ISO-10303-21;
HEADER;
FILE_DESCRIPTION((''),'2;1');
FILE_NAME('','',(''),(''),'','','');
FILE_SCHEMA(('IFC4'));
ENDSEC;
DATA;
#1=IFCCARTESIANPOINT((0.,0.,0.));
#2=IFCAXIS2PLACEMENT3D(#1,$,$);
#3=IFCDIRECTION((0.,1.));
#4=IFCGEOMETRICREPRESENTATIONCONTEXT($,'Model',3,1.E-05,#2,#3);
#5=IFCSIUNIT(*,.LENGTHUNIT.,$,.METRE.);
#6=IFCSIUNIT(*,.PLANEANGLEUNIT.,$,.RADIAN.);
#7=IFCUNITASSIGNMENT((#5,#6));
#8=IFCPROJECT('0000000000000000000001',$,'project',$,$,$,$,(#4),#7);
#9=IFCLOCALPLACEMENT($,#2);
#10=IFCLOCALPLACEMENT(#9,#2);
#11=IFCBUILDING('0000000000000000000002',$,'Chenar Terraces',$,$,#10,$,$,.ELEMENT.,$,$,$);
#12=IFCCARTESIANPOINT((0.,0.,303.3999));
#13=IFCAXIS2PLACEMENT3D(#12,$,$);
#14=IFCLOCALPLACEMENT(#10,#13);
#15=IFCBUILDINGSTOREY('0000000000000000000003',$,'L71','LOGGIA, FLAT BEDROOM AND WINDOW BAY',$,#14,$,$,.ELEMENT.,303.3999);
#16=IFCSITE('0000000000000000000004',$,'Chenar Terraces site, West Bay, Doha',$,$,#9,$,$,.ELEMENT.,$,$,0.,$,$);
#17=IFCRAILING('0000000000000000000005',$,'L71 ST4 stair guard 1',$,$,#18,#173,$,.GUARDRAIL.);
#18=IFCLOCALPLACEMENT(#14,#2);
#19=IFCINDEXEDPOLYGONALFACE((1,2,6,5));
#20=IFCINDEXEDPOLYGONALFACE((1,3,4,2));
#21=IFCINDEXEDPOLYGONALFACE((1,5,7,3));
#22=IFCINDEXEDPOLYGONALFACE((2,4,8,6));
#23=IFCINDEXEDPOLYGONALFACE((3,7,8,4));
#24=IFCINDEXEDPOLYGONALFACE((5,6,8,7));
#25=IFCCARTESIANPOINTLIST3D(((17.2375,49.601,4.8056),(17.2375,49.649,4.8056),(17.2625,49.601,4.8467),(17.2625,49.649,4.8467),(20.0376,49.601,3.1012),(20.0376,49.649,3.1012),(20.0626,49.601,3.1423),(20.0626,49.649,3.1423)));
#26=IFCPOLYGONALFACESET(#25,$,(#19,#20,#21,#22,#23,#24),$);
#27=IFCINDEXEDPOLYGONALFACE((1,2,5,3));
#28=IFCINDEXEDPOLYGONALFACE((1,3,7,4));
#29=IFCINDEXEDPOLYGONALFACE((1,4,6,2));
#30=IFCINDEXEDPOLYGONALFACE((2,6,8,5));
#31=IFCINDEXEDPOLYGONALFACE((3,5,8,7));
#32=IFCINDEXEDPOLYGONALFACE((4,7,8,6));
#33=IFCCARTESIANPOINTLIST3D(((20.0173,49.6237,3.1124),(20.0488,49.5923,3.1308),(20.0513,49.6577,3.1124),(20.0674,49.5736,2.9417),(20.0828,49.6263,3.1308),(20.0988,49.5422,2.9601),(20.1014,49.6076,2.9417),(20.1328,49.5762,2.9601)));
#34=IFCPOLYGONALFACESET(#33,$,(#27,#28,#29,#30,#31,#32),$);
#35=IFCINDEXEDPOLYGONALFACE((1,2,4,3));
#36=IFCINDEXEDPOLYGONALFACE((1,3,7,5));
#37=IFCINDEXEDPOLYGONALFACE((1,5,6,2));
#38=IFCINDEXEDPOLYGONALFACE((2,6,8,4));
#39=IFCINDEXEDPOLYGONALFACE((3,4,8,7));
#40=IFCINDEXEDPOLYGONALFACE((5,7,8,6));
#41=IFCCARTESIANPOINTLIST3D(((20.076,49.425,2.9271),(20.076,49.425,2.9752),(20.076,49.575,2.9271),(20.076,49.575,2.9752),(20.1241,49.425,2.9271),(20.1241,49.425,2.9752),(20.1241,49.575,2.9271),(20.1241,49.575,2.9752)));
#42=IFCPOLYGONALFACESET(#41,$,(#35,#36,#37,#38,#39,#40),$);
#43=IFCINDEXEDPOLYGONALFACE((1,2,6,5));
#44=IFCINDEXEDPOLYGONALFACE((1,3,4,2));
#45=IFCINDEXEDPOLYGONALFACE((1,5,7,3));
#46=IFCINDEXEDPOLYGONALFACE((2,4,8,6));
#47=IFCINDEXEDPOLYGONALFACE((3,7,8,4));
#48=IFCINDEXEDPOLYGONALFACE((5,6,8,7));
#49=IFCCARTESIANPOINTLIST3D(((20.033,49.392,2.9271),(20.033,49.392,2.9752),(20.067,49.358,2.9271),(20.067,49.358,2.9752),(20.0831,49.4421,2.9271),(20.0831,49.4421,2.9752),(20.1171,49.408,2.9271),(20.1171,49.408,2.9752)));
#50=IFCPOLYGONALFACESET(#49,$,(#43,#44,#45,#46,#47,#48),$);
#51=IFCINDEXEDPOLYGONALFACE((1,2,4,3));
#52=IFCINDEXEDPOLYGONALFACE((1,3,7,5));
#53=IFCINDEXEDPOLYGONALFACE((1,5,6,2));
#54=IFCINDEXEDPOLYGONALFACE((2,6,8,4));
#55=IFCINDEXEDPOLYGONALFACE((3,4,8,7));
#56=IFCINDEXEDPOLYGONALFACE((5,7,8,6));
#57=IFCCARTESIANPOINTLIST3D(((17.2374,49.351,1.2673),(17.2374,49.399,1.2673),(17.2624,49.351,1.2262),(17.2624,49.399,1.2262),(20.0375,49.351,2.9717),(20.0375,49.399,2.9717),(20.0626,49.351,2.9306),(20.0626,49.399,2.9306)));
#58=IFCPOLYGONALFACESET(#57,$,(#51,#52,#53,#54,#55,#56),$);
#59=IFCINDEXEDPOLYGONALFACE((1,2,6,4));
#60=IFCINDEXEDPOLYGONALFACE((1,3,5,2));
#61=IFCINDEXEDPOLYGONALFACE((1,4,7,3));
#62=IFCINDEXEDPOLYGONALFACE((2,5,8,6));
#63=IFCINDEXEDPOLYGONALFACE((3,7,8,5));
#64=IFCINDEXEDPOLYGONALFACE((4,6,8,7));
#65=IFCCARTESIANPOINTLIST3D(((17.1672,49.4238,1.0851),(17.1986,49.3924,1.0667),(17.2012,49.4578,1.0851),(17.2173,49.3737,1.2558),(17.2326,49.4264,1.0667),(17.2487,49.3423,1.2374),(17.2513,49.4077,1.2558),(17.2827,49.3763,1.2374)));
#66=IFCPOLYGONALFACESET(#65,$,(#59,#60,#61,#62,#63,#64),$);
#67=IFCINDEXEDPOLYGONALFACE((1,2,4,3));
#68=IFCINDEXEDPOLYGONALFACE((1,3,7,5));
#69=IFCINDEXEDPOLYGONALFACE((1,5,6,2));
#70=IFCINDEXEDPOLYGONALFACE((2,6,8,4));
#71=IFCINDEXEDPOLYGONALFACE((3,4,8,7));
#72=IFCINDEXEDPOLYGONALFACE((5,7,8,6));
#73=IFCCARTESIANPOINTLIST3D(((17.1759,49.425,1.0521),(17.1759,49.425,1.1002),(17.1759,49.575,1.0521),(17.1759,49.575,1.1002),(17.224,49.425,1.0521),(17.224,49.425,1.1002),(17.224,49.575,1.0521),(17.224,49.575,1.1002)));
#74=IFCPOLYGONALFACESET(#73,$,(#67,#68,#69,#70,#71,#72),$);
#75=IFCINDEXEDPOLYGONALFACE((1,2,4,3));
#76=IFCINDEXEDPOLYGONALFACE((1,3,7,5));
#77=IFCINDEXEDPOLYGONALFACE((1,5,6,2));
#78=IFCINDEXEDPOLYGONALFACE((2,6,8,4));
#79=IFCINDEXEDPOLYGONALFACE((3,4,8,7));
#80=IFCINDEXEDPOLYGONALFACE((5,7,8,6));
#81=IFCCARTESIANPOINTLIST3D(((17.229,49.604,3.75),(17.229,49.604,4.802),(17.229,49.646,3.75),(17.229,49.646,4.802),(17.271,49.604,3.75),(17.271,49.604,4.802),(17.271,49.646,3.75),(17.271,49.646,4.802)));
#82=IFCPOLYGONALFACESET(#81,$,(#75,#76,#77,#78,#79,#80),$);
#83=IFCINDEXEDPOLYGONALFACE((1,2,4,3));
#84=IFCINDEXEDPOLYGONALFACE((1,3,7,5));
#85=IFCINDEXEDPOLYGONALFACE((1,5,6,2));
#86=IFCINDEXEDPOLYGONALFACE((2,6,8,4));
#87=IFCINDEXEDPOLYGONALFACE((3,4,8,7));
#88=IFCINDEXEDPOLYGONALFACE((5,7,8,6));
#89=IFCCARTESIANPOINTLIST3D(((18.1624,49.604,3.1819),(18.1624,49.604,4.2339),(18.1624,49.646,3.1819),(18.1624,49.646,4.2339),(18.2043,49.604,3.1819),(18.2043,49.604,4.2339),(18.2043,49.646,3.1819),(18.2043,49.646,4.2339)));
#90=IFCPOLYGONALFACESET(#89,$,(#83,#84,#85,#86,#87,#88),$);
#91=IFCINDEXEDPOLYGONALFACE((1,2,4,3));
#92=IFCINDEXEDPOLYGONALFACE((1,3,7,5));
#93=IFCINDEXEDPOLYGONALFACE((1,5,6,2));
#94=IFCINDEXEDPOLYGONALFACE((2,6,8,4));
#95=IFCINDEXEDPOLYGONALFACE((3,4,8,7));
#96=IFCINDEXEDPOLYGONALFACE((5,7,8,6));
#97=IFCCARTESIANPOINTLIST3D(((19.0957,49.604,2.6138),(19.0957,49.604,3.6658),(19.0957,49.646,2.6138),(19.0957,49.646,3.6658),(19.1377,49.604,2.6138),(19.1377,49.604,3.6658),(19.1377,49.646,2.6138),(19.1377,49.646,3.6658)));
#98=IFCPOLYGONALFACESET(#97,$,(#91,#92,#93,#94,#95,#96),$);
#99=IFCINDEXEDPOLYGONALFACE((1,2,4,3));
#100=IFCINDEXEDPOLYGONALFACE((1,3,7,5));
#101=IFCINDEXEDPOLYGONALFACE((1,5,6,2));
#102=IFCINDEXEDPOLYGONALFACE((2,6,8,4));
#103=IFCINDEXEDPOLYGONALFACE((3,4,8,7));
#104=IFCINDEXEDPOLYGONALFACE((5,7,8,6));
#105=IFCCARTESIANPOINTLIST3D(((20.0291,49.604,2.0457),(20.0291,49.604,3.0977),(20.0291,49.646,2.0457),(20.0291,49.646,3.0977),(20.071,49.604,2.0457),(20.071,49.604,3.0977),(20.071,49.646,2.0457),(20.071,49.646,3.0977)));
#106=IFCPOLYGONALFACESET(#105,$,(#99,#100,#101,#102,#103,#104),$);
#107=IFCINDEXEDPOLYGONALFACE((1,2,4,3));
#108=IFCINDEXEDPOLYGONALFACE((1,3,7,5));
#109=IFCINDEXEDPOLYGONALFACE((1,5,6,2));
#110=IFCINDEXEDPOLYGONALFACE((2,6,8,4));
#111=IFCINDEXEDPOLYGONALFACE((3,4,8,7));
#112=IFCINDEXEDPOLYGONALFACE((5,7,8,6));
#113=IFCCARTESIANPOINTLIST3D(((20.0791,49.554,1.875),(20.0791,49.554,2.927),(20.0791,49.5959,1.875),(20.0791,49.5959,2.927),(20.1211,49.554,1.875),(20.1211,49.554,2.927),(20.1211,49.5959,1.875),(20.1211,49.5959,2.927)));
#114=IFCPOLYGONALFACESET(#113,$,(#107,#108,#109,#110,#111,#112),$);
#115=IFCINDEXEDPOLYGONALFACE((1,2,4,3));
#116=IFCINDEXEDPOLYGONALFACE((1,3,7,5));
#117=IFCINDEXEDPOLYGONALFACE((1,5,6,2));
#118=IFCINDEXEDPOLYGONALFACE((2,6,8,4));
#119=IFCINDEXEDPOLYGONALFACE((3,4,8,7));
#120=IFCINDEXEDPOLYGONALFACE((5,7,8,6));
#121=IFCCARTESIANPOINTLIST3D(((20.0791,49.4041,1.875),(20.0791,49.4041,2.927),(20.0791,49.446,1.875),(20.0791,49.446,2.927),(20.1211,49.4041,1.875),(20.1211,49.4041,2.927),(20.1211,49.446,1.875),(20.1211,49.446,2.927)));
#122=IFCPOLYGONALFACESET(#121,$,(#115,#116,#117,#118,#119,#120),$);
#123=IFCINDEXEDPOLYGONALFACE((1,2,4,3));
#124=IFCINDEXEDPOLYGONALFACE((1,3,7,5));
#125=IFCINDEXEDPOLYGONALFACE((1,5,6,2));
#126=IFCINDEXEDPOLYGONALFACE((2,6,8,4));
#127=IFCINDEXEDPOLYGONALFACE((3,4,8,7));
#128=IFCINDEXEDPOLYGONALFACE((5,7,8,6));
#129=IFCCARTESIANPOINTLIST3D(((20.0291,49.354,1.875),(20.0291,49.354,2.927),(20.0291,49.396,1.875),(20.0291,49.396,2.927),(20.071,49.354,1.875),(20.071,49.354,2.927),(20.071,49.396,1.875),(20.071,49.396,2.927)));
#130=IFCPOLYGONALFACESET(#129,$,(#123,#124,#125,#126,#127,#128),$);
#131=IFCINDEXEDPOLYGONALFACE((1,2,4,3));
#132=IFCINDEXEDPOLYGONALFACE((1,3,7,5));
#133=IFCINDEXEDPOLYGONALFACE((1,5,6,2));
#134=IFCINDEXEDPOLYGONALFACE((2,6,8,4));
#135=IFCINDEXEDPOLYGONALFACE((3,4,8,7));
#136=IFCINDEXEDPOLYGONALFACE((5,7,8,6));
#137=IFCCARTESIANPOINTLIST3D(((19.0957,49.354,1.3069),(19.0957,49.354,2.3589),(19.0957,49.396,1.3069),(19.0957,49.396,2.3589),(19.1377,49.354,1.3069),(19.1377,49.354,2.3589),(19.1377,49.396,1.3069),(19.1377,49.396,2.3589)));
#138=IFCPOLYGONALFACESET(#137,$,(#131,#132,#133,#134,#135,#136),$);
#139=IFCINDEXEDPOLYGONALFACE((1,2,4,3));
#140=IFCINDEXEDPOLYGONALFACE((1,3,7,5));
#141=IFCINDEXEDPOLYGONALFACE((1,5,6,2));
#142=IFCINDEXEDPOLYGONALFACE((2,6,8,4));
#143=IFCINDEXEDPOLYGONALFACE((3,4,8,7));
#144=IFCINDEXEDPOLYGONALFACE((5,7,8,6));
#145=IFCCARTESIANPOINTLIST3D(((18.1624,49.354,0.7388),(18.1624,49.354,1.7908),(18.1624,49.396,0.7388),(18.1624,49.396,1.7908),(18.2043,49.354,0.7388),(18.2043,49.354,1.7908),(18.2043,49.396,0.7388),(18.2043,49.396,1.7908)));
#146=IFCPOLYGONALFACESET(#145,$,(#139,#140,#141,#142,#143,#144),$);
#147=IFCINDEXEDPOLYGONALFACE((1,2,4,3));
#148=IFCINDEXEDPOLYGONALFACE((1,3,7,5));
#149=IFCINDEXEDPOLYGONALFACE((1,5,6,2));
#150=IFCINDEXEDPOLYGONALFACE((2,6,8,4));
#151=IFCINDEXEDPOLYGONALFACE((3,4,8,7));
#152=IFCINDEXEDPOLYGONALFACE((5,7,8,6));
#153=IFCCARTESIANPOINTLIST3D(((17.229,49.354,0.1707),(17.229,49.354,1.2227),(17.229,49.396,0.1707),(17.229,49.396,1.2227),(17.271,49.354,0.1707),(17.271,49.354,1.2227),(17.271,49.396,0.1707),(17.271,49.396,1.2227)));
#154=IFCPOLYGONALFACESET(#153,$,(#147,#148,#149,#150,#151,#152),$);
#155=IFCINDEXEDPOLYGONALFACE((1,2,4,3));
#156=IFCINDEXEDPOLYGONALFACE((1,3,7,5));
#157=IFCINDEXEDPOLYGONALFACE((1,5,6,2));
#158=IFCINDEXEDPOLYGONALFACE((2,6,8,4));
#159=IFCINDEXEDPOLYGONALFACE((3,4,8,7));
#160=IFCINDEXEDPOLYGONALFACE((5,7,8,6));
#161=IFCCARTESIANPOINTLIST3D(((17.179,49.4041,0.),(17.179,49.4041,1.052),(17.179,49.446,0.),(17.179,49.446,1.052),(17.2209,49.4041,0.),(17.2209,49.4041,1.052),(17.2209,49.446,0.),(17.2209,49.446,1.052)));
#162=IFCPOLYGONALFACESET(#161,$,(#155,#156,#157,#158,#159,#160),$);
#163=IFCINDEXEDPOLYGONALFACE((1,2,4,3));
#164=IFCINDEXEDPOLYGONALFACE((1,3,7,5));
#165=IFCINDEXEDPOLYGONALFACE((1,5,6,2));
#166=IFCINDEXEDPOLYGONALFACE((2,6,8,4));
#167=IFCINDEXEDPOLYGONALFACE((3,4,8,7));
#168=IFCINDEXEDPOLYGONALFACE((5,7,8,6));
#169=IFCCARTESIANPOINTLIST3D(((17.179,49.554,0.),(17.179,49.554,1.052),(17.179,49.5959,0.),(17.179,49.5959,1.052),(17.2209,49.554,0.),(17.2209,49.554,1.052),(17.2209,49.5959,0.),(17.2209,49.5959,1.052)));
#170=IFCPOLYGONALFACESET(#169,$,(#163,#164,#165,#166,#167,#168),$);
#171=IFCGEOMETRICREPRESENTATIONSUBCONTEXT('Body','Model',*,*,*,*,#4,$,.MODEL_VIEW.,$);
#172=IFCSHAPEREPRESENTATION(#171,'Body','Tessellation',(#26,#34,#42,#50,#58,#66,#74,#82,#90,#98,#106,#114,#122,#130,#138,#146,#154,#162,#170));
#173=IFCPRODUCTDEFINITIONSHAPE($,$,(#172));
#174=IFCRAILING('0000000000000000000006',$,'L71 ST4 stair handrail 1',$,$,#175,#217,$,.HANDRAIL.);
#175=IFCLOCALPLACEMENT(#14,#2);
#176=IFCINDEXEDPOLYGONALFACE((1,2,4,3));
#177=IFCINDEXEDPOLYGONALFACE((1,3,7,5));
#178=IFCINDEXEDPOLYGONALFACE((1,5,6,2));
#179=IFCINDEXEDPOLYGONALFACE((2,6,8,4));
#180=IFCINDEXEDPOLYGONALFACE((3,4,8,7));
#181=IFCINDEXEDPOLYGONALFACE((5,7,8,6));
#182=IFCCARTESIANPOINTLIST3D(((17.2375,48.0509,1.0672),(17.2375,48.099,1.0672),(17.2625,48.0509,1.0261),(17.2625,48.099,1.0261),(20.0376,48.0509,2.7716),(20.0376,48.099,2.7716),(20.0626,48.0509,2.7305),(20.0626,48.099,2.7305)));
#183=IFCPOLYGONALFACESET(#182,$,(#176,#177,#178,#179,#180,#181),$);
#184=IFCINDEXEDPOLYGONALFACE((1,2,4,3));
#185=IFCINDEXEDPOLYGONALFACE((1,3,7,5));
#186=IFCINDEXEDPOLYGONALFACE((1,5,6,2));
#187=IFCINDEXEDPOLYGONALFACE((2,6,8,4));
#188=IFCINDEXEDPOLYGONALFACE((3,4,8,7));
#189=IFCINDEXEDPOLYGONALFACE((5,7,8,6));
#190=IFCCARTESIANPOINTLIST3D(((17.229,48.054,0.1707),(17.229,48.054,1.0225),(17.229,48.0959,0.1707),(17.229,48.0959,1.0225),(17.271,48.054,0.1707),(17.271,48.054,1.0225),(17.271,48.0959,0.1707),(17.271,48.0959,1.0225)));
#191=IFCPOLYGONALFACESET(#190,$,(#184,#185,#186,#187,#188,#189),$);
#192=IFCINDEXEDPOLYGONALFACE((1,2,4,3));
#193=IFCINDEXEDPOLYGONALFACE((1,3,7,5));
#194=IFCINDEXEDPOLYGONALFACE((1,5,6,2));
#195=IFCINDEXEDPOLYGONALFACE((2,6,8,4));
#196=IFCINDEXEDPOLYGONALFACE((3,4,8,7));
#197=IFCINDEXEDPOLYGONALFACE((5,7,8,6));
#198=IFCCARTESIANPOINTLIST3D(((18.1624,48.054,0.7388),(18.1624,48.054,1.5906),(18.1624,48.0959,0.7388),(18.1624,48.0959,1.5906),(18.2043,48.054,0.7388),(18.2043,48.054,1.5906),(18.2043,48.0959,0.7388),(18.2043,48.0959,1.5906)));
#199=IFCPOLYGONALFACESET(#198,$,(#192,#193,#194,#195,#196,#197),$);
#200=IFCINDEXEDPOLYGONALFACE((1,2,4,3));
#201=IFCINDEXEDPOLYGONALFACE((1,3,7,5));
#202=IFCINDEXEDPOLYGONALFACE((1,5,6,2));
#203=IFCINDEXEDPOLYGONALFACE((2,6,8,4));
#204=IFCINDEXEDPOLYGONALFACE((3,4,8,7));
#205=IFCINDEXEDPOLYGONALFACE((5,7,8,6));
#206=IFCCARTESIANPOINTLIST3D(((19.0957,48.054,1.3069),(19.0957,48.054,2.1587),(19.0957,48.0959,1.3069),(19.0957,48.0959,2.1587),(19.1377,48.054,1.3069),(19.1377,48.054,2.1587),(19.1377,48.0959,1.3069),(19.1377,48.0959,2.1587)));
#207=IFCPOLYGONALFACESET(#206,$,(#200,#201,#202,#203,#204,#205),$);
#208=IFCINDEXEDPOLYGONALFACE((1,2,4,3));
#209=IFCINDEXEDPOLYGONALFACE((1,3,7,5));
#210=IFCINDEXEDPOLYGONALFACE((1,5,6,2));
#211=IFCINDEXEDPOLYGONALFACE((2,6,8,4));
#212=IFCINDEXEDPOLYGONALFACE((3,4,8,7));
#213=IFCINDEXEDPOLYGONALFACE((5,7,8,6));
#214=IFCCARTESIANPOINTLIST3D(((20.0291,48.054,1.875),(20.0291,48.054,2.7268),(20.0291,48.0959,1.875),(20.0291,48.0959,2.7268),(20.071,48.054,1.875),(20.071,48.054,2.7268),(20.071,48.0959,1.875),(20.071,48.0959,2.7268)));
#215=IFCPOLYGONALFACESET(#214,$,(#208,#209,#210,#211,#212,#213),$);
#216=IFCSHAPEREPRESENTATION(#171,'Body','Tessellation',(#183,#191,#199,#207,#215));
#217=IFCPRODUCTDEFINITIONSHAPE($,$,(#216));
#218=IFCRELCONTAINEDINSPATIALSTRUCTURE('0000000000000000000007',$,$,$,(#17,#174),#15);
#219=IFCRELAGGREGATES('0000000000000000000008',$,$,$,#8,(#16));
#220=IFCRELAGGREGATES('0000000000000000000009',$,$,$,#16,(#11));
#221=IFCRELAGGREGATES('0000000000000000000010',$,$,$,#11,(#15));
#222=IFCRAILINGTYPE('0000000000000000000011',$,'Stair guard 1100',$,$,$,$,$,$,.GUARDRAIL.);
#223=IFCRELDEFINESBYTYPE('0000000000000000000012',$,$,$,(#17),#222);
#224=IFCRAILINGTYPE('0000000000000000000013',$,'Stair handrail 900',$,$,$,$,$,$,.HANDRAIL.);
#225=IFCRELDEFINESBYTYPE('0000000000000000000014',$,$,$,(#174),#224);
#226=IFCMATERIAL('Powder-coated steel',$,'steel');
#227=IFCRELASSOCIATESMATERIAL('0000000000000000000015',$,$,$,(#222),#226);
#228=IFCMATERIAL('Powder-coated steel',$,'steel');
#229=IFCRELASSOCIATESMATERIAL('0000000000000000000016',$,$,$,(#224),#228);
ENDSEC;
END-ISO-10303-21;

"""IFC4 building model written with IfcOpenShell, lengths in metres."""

from ifc_helpers import new_model, si_unit, direction, frame, origin, origin_2d, place, context, subcontext, project, spatial, rectangle, extrude, material, type_object, element, save


model = new_model("IFC4")

# Units and contexts
model_context = context("Model", 3, precision=1e-05, world=origin(), true_north=direction((0.0, 1.0)))
body_context = subcontext(model_context, "Body", "Model", "MODEL_VIEW")
ifc_project = project(units=[si_unit("LENGTHUNIT", "METRE"), si_unit("PLANEANGLEUNIT", "RADIAN")], contexts=[model_context])

# Site, building, storey
site_placement = place(None, origin())
site = spatial("IfcSite", under=ifc_project, at=site_placement, Name="Chenar Terraces site, West Bay, Doha", CompositionType="ELEMENT", RefElevation=0.0)
building_placement = place(site_placement, origin())
building = spatial("IfcBuilding", under=site, at=building_placement, Name="Chenar Terraces", CompositionType="ELEMENT")
storey_placement = place(building_placement, frame((0.0, 0.0, 303.3999)))
storey = spatial("IfcBuildingStorey", under=building, at=storey_placement, Name="L71", Description="LOGGIA, FLAT BEDROOM AND WINDOW BAY", CompositionType="ELEMENT", Elevation=303.3999)

# Railings
ifc_material_1 = material(Name="Powder-coated steel", Category="steel")
railing_type_1 = type_object("IfcRailingType", Name="Stair guard 1100", PredefinedType="GUARDRAIL", material=ifc_material_1)
railing_1_placement = place(storey_placement, frame((17.25, 49.625, 3.75)))
element("IfcRailing", 1, at=railing_1_placement, inside=storey, type_object=railing_type_1, Name="L71 ST4 stair guard 1", PredefinedType="GUARDRAIL", context=body_context, shape_type="SweptSolid", body=[
    extrude(rectangle(XDim=0.0481, YDim=0.0481, at=origin_2d()), frame((0.0, 0.0, 1.0762), z_axis=(0.854203, 0.0, -0.51994), x_axis=(0.0, 1.0, 0.0)), (0.0, 0.0, 1.0), 3.2781),
    extrude(rectangle(XDim=0.0481, YDim=0.0481, at=origin_2d()), frame((2.8, 0.0, -0.6284), z_axis=(0.2709, -0.2709, -0.923703), x_axis=(0.707107, 0.707107, 0.0)), (0.0, 0.0, 1.0), 0.1848),
    extrude(rectangle(XDim=0.0481, YDim=0.0481, at=origin_2d()), frame((2.8501, -0.05, -0.7988), z_axis=(0.0, -1.0, 0.0), x_axis=(1.0, 0.0, 0.0)), (0.0, 0.0, 1.0), 0.1499),
    extrude(rectangle(XDim=0.0481, YDim=0.0481, at=origin_2d()), frame((2.8501, -0.2, -0.7988), z_axis=(-0.707107, -0.707107, 0.0), x_axis=(0.707107, -0.707107, 0.0)), (0.0, 0.0, 1.0), 0.0708),
    extrude(rectangle(XDim=0.0481, YDim=0.0481, at=origin_2d()), frame((2.8, -0.25, -0.7988), z_axis=(-0.854203, 0.0, -0.51994), x_axis=(0.0, -1.0, 0.0)), (0.0, 0.0, 1.0), 3.2781),
    extrude(rectangle(XDim=0.0481, YDim=0.0481, at=origin_2d()), frame((0.0, -0.25, -2.5034), z_axis=(-0.2709, 0.2709, -0.923703), x_axis=(-0.707107, -0.707107, 0.0)), (0.0, 0.0, 1.0), 0.1848),
    extrude(rectangle(XDim=0.0481, YDim=0.0481, at=origin_2d()), frame((-0.05, -0.2, -2.6738), z_axis=(0.0, 1.0, 0.0), x_axis=(-1.0, 0.0, 0.0)), (0.0, 0.0, 1.0), 0.1499),
    extrude(rectangle(XDim=0.042, YDim=0.042, at=origin_2d()), origin(), (0.0, 0.0, 1.0), 1.052),
    extrude(rectangle(XDim=0.042, YDim=0.042, at=origin_2d()), frame((0.9333, 0.0, -0.5681)), (0.0, 0.0, 1.0), 1.052),
    extrude(rectangle(XDim=0.042, YDim=0.042, at=origin_2d()), frame((1.8667, 0.0, -1.1362)), (0.0, 0.0, 1.0), 1.052),
    extrude(rectangle(XDim=0.042, YDim=0.042, at=origin_2d()), frame((2.8, 0.0, -1.7043)), (0.0, 0.0, 1.0), 1.052),
    extrude(rectangle(XDim=0.042, YDim=0.042, at=origin_2d()), frame((2.8501, -0.05, -1.875)), (0.0, 0.0, 1.0), 1.052),
    extrude(rectangle(XDim=0.042, YDim=0.042, at=origin_2d()), frame((2.8501, -0.2, -1.875)), (0.0, 0.0, 1.0), 1.052),
    extrude(rectangle(XDim=0.042, YDim=0.042, at=origin_2d()), frame((2.8, -0.25, -1.875)), (0.0, 0.0, 1.0), 1.052),
    extrude(rectangle(XDim=0.042, YDim=0.042, at=origin_2d()), frame((1.8667, -0.25, -2.4431)), (0.0, 0.0, 1.0), 1.052),
    extrude(rectangle(XDim=0.042, YDim=0.042, at=origin_2d()), frame((0.9333, -0.25, -3.0112)), (0.0, 0.0, 1.0), 1.052),
    extrude(rectangle(XDim=0.042, YDim=0.042, at=origin_2d()), frame((0.0, -0.25, -3.5793)), (0.0, 0.0, 1.0), 1.052),
    extrude(rectangle(XDim=0.042, YDim=0.042, at=origin_2d()), frame((-0.05, -0.2, -3.75)), (0.0, 0.0, 1.0), 1.052),
    extrude(rectangle(XDim=0.042, YDim=0.042, at=origin_2d()), frame((-0.05, -0.05, -3.75)), (0.0, 0.0, 1.0), 1.052),
])
ifc_material_2 = material(Name="Powder-coated steel", Category="steel")
railing_type_2 = type_object("IfcRailingType", Name="Stair handrail 900", PredefinedType="HANDRAIL", material=ifc_material_2)
railing_2_placement = place(storey_placement, frame((17.25, 48.075, 0.1707)))
element("IfcRailing", 2, at=railing_2_placement, inside=storey, type_object=railing_type_2, Name="L71 ST4 stair handrail 1", PredefinedType="HANDRAIL", context=body_context, shape_type="SweptSolid", body=[
    extrude(rectangle(XDim=0.0481, YDim=0.0481, at=origin_2d()), frame((0.0, 0.0, 0.876), z_axis=(0.854203, 0.0, 0.51994), x_axis=(0.0, 1.0, 0.0)), (0.0, 0.0, 1.0), 3.2781),
    extrude(rectangle(XDim=0.042, YDim=0.042, at=origin_2d()), origin(), (0.0, 0.0, 1.0), 0.8518),
    extrude(rectangle(XDim=0.042, YDim=0.042, at=origin_2d()), frame((0.9333, 0.0, 0.5681)), (0.0, 0.0, 1.0), 0.8518),
    extrude(rectangle(XDim=0.042, YDim=0.042, at=origin_2d()), frame((1.8667, 0.0, 1.1362)), (0.0, 0.0, 1.0), 0.8518),
    extrude(rectangle(XDim=0.042, YDim=0.042, at=origin_2d()), frame((2.8, 0.0, 1.7043)), (0.0, 0.0, 1.0), 0.8518),
])

save(model, "model.ifc")
